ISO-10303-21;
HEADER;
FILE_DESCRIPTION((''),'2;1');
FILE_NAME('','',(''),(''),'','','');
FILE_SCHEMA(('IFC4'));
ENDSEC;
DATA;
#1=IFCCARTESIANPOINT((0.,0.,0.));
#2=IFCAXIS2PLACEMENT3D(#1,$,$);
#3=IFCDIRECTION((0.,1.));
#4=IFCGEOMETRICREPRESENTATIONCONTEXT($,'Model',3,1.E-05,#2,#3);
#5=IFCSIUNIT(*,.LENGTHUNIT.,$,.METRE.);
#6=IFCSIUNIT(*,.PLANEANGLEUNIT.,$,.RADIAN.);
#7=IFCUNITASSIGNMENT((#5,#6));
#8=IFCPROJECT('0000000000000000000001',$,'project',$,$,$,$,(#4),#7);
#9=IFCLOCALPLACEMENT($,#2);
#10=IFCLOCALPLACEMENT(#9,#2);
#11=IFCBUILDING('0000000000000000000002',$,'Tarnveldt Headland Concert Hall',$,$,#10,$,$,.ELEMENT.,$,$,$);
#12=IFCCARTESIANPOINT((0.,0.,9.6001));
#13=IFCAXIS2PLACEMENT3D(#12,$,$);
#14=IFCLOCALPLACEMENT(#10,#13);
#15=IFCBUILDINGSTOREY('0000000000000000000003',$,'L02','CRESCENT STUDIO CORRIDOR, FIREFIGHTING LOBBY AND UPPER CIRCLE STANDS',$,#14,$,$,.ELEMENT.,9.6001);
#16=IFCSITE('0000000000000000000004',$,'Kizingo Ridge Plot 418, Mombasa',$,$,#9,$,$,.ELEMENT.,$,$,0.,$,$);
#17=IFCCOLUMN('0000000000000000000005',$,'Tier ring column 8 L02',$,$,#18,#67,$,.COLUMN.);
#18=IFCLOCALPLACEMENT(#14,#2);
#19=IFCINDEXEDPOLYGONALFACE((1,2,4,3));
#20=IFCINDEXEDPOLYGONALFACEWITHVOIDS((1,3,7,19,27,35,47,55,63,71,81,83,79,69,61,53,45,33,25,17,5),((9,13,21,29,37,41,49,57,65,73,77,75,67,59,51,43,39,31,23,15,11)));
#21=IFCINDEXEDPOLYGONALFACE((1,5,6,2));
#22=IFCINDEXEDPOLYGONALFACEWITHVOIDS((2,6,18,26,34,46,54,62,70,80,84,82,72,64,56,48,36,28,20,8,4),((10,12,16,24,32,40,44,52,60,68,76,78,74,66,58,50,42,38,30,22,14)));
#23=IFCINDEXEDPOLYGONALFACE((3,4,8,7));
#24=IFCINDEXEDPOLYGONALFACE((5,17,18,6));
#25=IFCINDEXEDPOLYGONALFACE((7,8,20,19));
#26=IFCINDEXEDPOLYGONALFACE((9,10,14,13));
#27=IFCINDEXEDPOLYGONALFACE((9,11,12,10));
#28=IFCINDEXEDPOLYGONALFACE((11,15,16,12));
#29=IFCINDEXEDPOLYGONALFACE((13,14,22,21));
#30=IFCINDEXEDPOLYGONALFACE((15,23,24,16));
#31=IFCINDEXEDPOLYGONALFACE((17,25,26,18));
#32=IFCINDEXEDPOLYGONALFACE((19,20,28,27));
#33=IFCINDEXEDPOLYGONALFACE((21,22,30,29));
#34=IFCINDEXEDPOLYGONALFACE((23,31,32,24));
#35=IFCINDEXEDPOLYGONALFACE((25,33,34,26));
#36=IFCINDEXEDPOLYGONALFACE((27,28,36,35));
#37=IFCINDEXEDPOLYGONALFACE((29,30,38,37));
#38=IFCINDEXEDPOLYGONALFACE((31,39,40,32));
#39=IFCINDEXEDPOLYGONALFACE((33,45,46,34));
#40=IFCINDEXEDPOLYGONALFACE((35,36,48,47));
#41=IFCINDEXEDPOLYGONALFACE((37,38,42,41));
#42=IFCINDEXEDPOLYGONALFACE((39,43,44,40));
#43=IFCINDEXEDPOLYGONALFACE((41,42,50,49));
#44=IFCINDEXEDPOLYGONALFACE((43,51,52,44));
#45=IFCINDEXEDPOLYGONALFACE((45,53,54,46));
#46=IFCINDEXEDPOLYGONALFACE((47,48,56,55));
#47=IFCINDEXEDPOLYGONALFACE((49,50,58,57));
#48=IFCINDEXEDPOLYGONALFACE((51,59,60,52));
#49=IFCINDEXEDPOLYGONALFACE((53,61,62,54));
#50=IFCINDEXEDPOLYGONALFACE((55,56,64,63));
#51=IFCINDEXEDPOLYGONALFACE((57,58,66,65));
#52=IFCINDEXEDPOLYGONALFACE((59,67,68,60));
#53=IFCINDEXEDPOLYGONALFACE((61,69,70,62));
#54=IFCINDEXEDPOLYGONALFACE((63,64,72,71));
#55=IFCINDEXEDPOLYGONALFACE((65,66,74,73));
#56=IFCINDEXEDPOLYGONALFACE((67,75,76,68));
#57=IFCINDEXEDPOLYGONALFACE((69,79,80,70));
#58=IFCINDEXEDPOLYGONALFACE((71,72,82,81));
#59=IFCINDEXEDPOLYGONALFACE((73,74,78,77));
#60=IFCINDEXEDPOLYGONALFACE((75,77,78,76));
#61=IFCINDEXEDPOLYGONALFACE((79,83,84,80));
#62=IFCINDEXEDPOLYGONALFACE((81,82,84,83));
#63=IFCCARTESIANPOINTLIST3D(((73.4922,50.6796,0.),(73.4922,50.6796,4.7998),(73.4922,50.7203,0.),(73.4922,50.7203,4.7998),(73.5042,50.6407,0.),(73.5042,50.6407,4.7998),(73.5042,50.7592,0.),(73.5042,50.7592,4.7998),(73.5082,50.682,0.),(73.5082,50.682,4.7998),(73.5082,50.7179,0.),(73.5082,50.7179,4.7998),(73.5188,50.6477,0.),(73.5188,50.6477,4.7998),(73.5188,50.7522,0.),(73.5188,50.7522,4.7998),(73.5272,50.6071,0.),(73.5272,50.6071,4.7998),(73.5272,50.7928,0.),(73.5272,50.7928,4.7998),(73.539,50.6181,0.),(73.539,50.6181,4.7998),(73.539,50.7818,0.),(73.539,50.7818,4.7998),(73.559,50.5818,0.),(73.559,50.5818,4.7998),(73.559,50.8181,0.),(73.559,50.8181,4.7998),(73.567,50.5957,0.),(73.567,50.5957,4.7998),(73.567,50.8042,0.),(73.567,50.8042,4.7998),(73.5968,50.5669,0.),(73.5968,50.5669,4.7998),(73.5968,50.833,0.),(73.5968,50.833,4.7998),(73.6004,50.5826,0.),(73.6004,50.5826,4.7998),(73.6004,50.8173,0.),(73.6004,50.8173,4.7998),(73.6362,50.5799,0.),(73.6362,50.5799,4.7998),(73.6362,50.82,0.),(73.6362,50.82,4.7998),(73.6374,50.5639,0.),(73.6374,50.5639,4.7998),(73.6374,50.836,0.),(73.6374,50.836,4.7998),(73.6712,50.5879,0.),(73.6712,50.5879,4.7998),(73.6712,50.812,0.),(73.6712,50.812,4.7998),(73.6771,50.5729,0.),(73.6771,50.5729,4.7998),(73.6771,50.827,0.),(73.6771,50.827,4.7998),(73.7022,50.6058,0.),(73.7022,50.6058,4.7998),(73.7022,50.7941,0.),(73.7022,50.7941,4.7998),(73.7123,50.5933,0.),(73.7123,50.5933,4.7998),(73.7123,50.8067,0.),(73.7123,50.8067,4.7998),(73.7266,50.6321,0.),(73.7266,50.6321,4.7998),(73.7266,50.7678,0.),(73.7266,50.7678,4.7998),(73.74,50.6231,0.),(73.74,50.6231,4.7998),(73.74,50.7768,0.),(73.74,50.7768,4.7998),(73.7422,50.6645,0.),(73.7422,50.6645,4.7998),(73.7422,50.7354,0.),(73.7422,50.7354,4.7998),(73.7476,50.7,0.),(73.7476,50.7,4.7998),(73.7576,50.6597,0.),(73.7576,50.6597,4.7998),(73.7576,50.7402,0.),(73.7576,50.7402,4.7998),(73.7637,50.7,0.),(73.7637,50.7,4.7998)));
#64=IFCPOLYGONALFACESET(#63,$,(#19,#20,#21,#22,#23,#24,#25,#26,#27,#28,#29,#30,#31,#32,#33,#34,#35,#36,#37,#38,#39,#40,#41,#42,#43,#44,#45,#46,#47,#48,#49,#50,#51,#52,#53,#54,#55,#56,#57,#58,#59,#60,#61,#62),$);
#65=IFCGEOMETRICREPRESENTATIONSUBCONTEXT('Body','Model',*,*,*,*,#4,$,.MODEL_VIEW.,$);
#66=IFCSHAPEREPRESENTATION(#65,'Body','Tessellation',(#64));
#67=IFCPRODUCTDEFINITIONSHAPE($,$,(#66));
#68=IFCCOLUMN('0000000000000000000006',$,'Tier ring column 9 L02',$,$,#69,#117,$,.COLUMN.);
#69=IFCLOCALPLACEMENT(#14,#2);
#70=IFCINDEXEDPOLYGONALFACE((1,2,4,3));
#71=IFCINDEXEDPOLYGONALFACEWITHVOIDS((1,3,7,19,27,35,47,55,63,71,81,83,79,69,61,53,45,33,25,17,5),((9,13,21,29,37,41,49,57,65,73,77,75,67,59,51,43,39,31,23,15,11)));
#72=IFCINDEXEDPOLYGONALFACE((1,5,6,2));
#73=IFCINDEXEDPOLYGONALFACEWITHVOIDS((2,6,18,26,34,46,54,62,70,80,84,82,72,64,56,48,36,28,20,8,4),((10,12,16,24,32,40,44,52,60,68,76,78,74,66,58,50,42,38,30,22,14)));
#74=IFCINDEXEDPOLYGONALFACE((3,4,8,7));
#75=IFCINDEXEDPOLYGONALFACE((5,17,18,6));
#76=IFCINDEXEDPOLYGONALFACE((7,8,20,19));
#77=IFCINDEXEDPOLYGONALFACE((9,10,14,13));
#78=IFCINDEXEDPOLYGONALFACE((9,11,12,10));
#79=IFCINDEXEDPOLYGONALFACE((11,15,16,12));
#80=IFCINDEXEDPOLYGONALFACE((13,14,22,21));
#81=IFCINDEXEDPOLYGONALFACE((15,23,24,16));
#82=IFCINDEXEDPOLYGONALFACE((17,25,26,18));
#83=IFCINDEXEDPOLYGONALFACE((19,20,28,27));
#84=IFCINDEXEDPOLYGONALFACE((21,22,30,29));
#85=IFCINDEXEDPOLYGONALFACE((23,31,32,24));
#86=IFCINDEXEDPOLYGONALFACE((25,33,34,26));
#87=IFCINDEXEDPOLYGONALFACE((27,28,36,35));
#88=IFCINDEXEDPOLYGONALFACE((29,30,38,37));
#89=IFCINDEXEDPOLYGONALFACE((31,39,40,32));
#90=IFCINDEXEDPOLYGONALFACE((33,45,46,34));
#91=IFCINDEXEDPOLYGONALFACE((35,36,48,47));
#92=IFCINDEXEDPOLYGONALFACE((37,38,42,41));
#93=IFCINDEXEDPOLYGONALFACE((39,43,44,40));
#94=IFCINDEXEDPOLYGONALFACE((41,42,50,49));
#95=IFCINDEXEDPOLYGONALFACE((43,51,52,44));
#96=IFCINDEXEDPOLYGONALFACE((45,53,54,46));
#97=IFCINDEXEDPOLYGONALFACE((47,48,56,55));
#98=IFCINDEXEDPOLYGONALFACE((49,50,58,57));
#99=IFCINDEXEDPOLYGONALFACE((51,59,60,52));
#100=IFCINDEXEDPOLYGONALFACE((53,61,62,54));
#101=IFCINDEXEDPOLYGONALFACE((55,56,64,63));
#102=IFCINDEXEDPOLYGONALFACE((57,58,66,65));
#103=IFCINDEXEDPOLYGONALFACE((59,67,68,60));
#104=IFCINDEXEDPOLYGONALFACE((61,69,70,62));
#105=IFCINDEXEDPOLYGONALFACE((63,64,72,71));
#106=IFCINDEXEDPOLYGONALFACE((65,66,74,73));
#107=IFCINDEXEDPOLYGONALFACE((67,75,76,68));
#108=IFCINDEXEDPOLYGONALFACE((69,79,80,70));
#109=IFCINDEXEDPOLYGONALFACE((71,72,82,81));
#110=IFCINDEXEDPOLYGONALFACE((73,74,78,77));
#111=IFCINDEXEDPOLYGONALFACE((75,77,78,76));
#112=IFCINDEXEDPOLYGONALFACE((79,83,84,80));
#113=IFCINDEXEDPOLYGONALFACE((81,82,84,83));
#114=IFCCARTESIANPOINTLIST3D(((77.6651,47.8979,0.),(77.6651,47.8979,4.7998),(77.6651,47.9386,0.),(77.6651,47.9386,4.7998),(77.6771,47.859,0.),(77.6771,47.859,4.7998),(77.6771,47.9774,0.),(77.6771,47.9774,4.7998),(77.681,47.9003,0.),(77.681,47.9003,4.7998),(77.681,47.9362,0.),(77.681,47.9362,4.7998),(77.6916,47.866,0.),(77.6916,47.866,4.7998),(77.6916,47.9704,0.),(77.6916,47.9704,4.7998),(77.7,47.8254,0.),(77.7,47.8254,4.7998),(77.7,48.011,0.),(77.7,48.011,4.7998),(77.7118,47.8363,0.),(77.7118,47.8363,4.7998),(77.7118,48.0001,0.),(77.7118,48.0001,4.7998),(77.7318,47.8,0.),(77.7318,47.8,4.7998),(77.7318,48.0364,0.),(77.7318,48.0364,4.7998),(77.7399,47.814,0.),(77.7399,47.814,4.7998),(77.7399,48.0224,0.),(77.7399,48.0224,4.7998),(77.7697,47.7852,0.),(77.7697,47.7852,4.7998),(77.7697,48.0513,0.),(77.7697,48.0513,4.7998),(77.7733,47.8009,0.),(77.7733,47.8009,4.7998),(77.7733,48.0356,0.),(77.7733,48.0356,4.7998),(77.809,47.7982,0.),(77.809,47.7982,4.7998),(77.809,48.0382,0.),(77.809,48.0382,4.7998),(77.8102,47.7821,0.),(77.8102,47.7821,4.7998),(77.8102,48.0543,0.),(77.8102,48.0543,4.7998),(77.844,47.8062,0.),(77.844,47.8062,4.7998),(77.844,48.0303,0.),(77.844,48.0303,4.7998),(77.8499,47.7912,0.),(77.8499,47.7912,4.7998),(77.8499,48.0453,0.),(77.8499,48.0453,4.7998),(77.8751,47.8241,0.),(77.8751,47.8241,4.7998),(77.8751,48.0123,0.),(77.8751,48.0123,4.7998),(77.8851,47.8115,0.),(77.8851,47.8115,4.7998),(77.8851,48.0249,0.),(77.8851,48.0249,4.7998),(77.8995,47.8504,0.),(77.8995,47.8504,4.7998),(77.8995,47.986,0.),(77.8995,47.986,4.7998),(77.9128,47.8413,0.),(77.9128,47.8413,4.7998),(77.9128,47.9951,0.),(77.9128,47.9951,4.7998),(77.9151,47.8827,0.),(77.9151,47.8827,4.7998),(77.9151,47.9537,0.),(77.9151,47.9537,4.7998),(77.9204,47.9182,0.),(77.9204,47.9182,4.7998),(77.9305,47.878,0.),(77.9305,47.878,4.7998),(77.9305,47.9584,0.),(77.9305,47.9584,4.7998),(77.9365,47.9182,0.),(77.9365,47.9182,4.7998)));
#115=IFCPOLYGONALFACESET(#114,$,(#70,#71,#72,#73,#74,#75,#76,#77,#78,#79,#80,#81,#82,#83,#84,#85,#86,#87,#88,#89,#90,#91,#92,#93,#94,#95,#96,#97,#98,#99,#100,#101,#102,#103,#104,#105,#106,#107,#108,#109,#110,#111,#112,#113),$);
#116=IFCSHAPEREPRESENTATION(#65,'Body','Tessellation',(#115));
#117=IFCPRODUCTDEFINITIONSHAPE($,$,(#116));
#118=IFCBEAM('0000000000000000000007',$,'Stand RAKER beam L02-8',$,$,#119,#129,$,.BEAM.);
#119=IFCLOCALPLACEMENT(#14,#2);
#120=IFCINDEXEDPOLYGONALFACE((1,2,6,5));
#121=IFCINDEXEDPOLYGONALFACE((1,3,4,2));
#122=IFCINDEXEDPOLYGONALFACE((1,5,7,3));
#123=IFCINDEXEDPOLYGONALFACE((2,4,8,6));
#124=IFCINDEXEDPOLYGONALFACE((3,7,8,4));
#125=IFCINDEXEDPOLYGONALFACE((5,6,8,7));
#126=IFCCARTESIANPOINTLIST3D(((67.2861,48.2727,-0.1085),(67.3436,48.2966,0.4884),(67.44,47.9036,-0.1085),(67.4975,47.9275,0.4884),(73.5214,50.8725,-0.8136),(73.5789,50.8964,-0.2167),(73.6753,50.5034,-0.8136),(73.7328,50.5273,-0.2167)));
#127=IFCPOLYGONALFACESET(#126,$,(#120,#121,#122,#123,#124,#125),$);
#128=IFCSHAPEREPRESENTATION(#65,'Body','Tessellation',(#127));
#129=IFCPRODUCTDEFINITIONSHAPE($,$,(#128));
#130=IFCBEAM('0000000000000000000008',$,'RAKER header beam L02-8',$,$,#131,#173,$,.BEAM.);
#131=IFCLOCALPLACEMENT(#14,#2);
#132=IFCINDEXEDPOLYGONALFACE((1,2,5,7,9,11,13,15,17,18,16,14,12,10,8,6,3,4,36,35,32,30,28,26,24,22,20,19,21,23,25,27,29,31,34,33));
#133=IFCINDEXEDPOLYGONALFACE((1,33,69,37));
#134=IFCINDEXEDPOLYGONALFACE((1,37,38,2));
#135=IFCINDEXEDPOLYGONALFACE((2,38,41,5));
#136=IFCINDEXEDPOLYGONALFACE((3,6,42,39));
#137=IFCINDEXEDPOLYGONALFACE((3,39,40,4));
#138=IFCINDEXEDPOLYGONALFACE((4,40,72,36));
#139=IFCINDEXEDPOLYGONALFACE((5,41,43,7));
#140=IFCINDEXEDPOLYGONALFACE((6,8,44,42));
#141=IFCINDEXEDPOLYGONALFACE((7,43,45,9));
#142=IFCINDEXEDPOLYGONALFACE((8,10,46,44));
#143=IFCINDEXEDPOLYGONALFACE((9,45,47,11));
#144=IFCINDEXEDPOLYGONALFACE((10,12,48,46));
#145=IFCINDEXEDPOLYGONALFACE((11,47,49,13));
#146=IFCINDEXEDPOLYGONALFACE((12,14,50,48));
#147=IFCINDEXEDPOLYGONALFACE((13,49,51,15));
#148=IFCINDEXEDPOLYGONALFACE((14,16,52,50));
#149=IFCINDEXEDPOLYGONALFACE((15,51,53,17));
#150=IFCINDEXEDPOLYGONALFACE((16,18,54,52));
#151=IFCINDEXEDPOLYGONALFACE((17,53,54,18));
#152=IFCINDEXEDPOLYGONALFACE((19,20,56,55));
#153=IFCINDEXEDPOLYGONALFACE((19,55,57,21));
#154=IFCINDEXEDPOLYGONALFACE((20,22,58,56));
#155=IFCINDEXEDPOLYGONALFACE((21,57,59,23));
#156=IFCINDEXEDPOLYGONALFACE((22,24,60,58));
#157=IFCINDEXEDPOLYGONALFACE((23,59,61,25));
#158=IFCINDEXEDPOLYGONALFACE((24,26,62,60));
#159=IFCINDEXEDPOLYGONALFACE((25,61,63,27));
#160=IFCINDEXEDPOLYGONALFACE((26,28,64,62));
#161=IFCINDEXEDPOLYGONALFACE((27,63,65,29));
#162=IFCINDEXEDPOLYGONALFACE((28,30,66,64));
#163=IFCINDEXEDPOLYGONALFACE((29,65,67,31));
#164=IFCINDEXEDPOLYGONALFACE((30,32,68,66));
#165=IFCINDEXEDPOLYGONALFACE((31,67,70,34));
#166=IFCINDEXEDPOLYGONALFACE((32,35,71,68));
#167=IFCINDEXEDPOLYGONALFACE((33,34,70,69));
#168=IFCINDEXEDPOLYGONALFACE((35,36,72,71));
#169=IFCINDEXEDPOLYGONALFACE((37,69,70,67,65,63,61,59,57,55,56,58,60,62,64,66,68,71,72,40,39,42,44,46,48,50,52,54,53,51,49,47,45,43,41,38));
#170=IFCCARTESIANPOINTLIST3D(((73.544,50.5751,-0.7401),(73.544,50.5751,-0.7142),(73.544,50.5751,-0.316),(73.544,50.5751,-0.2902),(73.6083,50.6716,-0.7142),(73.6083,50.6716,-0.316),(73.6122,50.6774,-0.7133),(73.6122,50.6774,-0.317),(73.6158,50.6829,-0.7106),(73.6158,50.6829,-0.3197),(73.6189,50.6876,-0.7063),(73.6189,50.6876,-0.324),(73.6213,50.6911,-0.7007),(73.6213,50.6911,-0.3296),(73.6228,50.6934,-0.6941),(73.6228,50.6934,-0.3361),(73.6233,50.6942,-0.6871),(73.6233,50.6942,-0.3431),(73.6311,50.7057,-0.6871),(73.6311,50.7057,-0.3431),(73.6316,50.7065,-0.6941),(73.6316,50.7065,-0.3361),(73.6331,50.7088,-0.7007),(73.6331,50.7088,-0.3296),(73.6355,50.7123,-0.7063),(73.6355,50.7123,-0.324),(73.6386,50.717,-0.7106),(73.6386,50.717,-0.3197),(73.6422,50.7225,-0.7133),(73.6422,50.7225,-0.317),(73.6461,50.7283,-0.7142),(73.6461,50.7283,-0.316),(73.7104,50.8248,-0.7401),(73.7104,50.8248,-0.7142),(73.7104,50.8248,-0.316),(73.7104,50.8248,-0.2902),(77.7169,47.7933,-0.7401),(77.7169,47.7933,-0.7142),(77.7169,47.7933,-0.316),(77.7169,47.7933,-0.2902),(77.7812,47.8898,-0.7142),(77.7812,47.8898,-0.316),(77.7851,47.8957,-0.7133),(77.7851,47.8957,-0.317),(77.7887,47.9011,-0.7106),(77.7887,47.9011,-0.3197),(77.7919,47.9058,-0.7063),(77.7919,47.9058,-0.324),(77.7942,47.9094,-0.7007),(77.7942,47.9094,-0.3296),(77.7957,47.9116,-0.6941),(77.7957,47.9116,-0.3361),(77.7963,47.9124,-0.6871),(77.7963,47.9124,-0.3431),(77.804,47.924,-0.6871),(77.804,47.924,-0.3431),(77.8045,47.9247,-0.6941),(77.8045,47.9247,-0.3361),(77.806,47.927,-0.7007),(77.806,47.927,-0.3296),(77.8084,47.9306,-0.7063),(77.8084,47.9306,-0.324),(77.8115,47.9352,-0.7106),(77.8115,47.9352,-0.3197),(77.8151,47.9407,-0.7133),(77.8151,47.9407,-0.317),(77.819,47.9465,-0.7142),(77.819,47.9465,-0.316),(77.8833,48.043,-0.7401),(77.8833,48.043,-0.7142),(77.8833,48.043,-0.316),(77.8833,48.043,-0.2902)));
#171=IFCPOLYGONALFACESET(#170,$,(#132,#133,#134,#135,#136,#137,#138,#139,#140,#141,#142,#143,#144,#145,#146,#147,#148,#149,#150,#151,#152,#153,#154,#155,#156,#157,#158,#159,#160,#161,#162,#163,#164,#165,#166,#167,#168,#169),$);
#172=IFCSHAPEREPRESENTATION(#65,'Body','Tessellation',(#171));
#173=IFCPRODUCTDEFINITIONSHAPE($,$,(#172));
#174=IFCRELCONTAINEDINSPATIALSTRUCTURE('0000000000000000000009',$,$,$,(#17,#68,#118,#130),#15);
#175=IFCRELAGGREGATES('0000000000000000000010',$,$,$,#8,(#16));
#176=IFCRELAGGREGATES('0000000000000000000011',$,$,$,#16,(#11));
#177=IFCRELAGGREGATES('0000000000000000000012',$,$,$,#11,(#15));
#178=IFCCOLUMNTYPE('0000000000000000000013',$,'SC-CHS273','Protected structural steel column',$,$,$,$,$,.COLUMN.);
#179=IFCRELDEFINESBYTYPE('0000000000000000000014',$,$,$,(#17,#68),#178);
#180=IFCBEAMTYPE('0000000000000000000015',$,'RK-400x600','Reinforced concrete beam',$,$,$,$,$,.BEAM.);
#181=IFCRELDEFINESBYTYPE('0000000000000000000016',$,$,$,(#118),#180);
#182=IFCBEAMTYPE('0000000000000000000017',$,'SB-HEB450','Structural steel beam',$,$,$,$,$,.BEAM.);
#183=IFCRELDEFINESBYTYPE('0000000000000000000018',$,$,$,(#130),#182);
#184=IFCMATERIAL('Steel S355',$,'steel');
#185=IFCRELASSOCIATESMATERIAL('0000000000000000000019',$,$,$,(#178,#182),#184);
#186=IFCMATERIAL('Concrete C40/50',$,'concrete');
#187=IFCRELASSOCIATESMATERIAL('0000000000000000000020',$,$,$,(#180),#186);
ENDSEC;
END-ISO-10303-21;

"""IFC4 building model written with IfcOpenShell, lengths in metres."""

from ifc_helpers import new_model, si_unit, direction, frame, origin, origin_2d, place, context, subcontext, project, spatial, rectangle, hollow_circle, i_section, extrude, material, material_profile, profile_set, type_object, element, save


model = new_model("IFC4")

# Units and contexts
model_context = context("Model", 3, precision=1e-05, world=origin(), true_north=direction((0.0, 1.0)))
body_context = subcontext(model_context, "Body", "Model", "MODEL_VIEW")
ifc_project = project(units=[si_unit("LENGTHUNIT", "METRE"), si_unit("PLANEANGLEUNIT", "RADIAN")], contexts=[model_context])

# Site, building, storey
site_placement = place(None, origin())
site = spatial("IfcSite", under=ifc_project, at=site_placement, Name="Kizingo Ridge Plot 418, Mombasa", CompositionType="ELEMENT", RefElevation=0.0)
building_placement = place(site_placement, origin())
building = spatial("IfcBuilding", under=site, at=building_placement, Name="Tarnveldt Headland Concert Hall", CompositionType="ELEMENT")
storey_placement = place(building_placement, frame((0.0, 0.0, 9.6001)))
storey = spatial("IfcBuildingStorey", under=building, at=storey_placement, Name="L02", Description="CRESCENT STUDIO CORRIDOR, FIREFIGHTING LOBBY AND UPPER CIRCLE STANDS", CompositionType="ELEMENT", Elevation=9.6001)

# Columns
ifc_material_1 = material(Name="Concrete C40/50", Category="concrete")
ifc_material_2 = material(Name="Steel S355", Category="steel")
ifc_material_profile_1 = material_profile(ifc_material_2, hollow_circle(Radius=0.1365, WallThickness=0.0161, at=origin_2d()), Name="CHS 273x16", Category="steel")
ifc_profile_set_1 = profile_set([ifc_material_profile_1], Name="Steel S355")
column_type_1 = type_object("IfcColumnType", Name="SC-CHS273", Description="Protected structural steel column", PredefinedType="COLUMN", material=ifc_profile_set_1)
for number, where, z_axis, x_axis, name in (
    (1, (73.6272, 50.7, 0.0), (0.0, 0.0, 1.0), (1.0, 0.0, 0.0), "Tier ring column 8 L02"),
    (2, (77.8, 47.9182, 0.0), (0.0, 0.0, 1.0), (1.0, 0.0, 0.0), "Tier ring column 9 L02"),
):
    element("IfcColumn", number, at=place(storey_placement, frame(where, z_axis=z_axis, x_axis=x_axis)), inside=storey, type_object=column_type_1, Name=name, PredefinedType="COLUMN", context=body_context, shape_type="SweptSolid", body=[
        extrude(hollow_circle(Radius=0.1365, WallThickness=0.0161, at=origin_2d()), origin(), (0.0, 0.0, 1.0), 4.7998),
    ])

# Beams
ifc_material_profile_2 = material_profile(ifc_material_1, rectangle(XDim=0.3999, YDim=0.6001, at=origin_2d()), Name="RAKER RC 400x600", Category="concrete")
ifc_profile_set_2 = profile_set([ifc_material_profile_2], Name="Concrete C40/50")
beam_type_1 = type_object("IfcBeamType", Name="RK-400x600", Description="Reinforced concrete beam", PredefinedType="BEAM", material=ifc_profile_set_2)
beam_1_placement = place(storey_placement, frame((67.3918, 48.1001, 0.1899), z_axis=(0.917997, 0.382762, -0.103805), x_axis=(-0.384841, 0.922983, 0.0)))
element("IfcBeam", 3, at=beam_1_placement, inside=storey, type_object=beam_type_1, Name="Stand RAKER beam L02-8", PredefinedType="BEAM", context=body_context, shape_type="SweptSolid", body=[
    extrude(rectangle(XDim=0.3999, YDim=0.6001, at=origin_2d()), origin(), (0.0, 0.0, 1.0), 6.7922),
])
ifc_material_profile_3 = material_profile(ifc_material_2, i_section(OverallWidth=0.3, OverallDepth=0.45, WebThickness=0.0139, FlangeThickness=0.0259, FilletRadius=0.0271, at=origin_2d()), Name="HEB450", Category="steel")
ifc_profile_set_3 = profile_set([ifc_material_profile_3], Name="Steel S355")
beam_type_2 = type_object("IfcBeamType", Name="SB-HEB450", Description="Structural steel beam", PredefinedType="BEAM", material=ifc_profile_set_3)
beam_2_placement = place(storey_placement, frame((73.6272, 50.7, -0.5151), z_axis=(0.832065, -0.554678, 0.0), x_axis=(0.554678, 0.832065, 0.0)))
element("IfcBeam", 4, at=beam_2_placement, inside=storey, type_object=beam_type_2, Name="RAKER header beam L02-8", PredefinedType="BEAM", context=body_context, shape_type="SweptSolid", body=[
    extrude(i_section(OverallWidth=0.3, OverallDepth=0.45, WebThickness=0.0139, FlangeThickness=0.0259, FilletRadius=0.0271, at=origin_2d()), origin(), (0.0, 0.0, 1.0), 5.0151),
])

save(model, "model.ifc")
